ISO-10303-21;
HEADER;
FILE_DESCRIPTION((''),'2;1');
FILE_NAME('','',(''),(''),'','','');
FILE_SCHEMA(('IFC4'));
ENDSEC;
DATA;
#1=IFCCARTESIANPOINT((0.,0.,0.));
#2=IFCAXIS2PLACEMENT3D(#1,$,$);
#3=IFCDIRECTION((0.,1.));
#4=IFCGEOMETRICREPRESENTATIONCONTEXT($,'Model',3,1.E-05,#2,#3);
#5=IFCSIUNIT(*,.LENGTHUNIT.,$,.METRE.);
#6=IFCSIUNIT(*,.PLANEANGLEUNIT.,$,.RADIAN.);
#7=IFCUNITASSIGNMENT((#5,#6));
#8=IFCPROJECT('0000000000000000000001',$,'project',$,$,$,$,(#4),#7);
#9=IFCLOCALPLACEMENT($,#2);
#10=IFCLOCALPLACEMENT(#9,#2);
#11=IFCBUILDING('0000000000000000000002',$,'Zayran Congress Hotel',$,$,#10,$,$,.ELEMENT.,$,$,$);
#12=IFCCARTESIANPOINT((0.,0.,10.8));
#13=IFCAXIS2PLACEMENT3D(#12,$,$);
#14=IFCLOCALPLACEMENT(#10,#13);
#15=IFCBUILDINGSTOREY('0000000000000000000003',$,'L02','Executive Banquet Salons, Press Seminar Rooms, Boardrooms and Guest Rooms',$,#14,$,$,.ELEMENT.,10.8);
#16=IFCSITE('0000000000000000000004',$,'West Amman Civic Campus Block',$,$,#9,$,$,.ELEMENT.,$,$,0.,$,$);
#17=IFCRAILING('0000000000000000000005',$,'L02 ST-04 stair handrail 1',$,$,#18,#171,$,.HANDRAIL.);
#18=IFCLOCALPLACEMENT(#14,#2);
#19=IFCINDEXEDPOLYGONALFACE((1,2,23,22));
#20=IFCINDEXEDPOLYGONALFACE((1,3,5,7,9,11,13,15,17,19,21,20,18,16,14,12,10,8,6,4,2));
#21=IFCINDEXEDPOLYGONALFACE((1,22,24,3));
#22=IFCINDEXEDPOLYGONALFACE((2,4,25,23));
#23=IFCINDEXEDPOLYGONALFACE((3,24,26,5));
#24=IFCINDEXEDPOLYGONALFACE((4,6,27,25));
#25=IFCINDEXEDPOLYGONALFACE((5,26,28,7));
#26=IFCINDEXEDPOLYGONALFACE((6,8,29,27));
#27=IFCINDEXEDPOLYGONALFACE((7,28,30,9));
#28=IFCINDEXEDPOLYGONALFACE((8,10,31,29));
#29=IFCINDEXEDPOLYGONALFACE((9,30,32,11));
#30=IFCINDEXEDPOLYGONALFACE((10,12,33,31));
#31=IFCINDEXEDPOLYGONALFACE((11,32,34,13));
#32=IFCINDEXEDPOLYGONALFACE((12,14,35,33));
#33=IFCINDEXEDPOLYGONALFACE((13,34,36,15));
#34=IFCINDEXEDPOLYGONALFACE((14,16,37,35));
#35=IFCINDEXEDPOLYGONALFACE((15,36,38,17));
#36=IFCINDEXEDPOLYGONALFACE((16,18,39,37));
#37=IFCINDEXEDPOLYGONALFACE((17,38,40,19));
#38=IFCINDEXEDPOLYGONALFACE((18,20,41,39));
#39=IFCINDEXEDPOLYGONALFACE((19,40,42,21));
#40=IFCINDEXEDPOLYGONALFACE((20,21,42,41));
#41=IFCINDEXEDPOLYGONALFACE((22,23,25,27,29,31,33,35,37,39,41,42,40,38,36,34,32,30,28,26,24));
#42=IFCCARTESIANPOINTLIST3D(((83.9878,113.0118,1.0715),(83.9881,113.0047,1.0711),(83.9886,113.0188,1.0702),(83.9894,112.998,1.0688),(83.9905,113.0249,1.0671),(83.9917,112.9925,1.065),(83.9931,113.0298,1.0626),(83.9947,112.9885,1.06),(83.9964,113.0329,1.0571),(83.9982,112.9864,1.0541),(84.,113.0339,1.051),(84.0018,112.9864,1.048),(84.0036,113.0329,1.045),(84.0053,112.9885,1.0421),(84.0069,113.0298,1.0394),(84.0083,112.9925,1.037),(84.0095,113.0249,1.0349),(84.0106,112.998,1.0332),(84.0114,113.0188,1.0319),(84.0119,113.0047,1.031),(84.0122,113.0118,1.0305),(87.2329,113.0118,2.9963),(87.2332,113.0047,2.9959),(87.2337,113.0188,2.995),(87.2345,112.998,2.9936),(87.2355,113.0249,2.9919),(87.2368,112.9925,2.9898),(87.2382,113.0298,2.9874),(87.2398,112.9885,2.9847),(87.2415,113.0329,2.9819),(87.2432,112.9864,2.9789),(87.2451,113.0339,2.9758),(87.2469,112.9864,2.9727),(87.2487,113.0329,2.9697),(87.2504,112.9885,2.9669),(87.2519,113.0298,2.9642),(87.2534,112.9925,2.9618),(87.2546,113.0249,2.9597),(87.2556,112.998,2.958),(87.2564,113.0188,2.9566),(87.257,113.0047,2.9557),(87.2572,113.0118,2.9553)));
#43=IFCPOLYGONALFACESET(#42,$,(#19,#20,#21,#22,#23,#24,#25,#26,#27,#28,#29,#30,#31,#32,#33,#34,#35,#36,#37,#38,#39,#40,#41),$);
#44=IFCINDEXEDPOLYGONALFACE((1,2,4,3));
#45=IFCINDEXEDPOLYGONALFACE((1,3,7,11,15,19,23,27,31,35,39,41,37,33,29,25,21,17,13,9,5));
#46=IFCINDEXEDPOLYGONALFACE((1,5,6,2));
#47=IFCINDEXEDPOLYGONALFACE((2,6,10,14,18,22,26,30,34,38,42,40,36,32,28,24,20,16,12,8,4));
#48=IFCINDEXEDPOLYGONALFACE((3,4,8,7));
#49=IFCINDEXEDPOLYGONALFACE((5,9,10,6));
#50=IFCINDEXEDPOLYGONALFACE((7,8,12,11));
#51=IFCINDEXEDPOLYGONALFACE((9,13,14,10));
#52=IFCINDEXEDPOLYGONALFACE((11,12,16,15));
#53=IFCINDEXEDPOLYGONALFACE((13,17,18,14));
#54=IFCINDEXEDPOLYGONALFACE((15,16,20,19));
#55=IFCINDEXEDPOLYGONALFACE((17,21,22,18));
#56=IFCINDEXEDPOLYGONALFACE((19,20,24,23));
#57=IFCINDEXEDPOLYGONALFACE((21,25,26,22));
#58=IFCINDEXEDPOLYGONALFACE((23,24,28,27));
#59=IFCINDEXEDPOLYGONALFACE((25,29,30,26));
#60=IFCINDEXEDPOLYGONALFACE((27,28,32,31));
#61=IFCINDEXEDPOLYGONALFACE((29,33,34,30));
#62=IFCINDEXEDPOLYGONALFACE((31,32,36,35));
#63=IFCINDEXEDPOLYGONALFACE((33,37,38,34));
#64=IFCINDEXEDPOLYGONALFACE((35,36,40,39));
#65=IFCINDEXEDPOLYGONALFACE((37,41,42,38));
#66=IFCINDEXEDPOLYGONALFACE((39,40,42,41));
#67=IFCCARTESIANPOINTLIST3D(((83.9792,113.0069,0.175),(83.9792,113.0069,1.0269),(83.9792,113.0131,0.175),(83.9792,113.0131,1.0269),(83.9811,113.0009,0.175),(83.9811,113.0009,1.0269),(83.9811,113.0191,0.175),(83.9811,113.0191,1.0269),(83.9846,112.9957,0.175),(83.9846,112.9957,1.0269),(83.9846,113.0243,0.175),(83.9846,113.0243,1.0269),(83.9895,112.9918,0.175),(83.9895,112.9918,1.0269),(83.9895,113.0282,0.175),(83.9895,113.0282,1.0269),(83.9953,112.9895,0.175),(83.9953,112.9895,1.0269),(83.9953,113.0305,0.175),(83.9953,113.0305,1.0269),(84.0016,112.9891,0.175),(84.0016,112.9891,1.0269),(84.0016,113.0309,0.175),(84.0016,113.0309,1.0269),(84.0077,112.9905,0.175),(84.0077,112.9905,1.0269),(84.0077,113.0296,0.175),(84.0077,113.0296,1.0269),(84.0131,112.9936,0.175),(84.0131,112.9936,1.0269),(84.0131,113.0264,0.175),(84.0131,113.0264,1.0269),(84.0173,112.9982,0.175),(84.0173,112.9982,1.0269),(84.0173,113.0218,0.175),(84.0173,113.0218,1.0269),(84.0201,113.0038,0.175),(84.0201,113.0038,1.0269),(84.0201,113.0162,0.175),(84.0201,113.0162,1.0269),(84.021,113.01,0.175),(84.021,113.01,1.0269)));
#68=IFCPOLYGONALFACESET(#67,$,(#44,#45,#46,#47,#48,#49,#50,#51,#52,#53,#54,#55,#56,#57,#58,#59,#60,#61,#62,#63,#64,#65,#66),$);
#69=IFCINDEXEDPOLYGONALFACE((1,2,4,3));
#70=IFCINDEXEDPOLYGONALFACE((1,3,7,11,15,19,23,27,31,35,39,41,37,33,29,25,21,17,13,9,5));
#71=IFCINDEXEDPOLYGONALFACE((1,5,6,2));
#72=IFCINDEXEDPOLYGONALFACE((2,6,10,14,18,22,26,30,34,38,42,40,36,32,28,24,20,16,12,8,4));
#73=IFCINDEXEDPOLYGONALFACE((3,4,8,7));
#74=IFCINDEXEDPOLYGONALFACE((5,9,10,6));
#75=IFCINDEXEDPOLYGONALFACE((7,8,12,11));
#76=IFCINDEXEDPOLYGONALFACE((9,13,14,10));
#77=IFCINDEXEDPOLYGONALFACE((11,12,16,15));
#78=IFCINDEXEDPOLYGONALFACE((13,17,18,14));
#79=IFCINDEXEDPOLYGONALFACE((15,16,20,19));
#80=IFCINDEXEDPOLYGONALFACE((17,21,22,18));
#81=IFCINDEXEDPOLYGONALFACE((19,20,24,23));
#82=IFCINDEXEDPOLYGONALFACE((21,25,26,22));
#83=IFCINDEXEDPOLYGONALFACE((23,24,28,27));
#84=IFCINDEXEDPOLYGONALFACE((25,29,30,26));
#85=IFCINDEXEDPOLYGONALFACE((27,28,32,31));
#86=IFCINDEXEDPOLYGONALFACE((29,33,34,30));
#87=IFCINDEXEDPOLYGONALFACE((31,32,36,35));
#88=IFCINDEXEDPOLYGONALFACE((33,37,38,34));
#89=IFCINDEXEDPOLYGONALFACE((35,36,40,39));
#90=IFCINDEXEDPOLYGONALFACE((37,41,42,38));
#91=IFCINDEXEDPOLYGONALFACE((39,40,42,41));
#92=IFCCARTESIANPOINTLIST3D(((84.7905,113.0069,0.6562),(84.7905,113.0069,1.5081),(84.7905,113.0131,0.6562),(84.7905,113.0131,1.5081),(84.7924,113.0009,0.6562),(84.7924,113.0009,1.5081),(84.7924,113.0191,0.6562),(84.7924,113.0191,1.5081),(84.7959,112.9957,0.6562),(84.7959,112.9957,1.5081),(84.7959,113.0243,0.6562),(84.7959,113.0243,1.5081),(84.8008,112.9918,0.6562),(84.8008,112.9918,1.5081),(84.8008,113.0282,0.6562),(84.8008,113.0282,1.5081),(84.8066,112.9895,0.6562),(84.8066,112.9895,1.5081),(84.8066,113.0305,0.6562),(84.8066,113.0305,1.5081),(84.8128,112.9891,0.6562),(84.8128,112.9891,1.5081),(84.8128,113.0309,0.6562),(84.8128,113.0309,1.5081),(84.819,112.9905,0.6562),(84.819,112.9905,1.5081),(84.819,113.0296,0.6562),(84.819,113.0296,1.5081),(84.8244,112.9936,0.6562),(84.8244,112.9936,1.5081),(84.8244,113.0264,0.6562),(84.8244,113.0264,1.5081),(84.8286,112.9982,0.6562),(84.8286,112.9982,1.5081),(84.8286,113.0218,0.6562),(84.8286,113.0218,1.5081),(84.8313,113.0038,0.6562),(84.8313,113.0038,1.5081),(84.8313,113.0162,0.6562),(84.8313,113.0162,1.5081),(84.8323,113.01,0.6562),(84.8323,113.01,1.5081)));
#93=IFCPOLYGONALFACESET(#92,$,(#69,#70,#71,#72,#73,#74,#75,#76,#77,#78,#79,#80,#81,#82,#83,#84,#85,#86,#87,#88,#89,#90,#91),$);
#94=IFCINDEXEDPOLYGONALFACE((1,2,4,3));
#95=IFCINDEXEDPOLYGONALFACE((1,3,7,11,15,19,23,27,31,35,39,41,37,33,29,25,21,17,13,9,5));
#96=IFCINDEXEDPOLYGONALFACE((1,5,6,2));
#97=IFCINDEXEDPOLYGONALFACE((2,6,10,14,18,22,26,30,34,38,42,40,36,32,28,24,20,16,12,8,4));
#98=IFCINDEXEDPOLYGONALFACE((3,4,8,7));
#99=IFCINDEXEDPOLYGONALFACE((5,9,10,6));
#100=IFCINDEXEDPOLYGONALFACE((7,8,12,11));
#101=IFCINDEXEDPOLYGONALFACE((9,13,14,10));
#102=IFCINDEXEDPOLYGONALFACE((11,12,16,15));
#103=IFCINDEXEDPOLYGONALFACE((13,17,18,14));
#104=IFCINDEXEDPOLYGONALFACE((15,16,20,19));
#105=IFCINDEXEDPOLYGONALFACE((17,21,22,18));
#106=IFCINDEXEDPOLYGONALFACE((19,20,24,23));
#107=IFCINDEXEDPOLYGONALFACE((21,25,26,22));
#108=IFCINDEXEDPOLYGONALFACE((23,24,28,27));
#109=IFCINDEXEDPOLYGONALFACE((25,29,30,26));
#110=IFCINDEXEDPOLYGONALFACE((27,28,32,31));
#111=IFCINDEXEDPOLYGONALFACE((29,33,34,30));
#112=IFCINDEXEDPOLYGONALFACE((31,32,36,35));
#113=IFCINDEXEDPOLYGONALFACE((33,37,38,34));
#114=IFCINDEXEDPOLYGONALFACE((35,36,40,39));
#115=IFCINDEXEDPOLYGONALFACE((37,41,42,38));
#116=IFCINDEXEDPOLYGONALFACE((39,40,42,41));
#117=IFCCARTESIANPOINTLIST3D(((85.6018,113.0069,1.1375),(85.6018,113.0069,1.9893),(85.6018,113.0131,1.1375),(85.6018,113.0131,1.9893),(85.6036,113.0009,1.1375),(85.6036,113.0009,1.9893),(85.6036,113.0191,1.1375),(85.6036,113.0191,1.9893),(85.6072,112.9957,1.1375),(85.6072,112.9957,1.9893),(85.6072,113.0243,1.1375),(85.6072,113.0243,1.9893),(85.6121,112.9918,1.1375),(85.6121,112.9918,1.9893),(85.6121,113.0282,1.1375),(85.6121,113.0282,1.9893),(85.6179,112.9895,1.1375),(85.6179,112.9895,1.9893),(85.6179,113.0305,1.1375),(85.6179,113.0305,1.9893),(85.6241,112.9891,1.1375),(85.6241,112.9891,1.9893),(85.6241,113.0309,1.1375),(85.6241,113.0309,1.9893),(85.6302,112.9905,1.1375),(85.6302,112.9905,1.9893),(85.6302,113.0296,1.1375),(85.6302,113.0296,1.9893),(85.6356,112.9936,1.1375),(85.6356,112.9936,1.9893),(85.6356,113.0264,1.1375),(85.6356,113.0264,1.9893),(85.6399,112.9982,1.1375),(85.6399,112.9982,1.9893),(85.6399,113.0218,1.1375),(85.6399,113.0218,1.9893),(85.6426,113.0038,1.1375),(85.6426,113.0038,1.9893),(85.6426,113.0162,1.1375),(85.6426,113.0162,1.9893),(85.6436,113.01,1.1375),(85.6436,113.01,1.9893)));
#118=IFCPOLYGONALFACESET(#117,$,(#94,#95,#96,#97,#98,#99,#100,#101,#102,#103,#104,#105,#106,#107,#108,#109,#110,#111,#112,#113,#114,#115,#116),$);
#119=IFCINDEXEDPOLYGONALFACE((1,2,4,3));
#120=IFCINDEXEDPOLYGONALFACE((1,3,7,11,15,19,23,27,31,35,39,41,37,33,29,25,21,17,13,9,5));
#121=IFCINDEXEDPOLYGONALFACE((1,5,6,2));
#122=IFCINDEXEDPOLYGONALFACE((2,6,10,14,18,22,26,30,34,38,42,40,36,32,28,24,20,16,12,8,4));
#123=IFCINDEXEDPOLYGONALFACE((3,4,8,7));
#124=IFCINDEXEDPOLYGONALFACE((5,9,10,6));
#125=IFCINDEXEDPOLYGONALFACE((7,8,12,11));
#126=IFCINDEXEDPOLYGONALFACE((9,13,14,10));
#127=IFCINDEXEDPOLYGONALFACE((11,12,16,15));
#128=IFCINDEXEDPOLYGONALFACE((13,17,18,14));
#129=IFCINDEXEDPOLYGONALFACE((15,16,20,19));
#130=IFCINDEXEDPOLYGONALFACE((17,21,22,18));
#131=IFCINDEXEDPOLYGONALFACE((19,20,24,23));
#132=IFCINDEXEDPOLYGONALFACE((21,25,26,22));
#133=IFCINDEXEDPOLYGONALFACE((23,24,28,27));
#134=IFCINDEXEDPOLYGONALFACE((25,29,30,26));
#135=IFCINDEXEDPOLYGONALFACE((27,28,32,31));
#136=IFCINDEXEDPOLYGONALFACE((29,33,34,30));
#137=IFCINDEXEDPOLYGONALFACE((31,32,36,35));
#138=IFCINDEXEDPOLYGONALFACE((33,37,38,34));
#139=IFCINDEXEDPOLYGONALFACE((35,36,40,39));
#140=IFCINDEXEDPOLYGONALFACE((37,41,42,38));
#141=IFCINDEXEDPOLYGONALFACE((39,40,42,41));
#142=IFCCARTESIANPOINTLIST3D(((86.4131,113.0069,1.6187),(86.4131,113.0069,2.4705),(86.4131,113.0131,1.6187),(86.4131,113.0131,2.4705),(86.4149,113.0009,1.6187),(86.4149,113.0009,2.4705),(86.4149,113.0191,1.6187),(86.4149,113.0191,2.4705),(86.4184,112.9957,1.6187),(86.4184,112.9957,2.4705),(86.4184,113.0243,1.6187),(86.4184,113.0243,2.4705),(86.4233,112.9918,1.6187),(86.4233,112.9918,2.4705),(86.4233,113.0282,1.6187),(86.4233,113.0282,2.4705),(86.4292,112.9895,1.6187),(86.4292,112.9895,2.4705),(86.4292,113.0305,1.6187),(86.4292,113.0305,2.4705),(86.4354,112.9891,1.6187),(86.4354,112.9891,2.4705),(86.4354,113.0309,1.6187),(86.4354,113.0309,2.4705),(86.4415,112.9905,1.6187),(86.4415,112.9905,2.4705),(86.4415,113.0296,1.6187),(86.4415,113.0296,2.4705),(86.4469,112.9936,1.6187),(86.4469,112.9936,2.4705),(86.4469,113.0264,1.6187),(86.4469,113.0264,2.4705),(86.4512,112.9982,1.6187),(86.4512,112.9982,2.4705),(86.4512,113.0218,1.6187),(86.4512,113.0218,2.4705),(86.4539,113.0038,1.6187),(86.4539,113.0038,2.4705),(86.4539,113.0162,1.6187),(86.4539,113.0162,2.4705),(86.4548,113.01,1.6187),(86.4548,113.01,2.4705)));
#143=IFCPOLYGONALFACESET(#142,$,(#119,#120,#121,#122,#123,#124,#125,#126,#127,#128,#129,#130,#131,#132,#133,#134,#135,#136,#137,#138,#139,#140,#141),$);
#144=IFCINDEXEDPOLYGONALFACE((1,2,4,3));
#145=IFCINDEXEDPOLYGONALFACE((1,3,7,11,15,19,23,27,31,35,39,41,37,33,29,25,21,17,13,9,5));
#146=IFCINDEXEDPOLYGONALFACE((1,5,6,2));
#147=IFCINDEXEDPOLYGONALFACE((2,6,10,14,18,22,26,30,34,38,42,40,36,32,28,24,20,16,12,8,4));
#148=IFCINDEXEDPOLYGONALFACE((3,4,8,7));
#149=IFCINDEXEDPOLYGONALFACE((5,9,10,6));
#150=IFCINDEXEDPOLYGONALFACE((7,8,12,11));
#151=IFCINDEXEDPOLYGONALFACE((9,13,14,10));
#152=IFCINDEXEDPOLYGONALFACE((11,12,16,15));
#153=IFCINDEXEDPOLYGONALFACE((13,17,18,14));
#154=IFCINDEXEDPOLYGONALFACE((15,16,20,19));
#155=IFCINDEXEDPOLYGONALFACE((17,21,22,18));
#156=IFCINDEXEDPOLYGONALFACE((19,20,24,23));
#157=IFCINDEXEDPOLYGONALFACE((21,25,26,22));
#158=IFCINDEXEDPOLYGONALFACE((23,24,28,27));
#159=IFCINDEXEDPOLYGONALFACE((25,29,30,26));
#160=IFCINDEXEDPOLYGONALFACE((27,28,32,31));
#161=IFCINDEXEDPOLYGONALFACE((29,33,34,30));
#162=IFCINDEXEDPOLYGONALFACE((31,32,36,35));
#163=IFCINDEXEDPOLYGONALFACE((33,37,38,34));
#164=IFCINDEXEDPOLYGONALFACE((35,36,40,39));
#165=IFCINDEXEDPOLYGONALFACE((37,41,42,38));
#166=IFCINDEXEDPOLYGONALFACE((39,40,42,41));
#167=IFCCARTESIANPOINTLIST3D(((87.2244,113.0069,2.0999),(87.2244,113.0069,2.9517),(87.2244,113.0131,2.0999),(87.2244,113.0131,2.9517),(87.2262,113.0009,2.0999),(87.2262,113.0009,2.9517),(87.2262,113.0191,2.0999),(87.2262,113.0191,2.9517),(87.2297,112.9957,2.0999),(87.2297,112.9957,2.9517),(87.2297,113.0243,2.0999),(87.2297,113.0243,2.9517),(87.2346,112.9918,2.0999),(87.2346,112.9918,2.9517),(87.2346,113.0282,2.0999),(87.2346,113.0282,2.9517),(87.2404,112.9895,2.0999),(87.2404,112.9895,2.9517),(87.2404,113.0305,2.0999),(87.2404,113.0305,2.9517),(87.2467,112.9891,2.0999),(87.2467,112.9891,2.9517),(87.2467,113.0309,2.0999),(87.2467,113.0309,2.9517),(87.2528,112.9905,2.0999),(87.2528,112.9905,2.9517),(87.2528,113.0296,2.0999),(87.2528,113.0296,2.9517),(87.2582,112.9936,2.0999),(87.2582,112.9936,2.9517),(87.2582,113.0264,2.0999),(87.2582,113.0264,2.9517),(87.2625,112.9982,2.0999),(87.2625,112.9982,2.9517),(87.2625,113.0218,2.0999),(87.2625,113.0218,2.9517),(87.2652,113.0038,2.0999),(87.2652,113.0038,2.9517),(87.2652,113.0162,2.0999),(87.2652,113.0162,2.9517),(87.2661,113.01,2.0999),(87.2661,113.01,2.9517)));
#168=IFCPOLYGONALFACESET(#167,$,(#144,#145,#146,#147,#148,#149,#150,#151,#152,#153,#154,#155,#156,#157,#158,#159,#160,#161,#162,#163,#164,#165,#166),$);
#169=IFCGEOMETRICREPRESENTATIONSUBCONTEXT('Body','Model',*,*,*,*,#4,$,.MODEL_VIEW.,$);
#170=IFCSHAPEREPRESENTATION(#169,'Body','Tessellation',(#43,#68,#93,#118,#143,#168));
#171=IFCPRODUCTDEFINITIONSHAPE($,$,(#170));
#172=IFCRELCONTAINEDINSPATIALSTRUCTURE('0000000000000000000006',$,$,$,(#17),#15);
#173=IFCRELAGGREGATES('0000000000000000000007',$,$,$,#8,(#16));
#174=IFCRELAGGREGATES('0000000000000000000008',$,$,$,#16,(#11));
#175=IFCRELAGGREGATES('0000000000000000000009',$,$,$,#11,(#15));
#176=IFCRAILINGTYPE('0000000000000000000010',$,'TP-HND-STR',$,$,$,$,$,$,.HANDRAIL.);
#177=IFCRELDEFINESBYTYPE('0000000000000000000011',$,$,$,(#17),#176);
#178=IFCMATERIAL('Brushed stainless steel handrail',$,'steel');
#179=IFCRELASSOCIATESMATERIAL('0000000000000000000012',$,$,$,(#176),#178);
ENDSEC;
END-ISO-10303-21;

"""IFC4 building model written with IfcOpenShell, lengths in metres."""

from ifc_helpers import new_model, si_unit, direction, frame, origin, origin_2d, place, context, subcontext, project, spatial, circle, extrude, material, type_object, element, save


model = new_model("IFC4")

# Units and contexts
model_context = context("Model", 3, precision=1e-05, world=origin(), true_north=direction((0.0, 1.0)))
body_context = subcontext(model_context, "Body", "Model", "MODEL_VIEW")
ifc_project = project(units=[si_unit("LENGTHUNIT", "METRE"), si_unit("PLANEANGLEUNIT", "RADIAN")], contexts=[model_context])

# Site, building, storey
site_placement = place(None, origin())
site = spatial("IfcSite", under=ifc_project, at=site_placement, Name="West Amman Civic Campus Block", CompositionType="ELEMENT", RefElevation=0.0)
building_placement = place(site_placement, origin())
building = spatial("IfcBuilding", under=site, at=building_placement, Name="Zayran Congress Hotel", CompositionType="ELEMENT")
storey_placement = place(building_placement, frame((0.0, 0.0, 10.8)))
storey = spatial("IfcBuildingStorey", under=building, at=storey_placement, Name="L02", Description="Executive Banquet Salons, Press Seminar Rooms, Boardrooms and Guest Rooms", CompositionType="ELEMENT", Elevation=10.8)

# Railing
ifc_material_1 = material(Name="Brushed stainless steel handrail", Category="steel")
railing_type_1 = type_object("IfcRailingType", Name="TP-HND-STR", PredefinedType="HANDRAIL", material=ifc_material_1)
railing_1_placement = place(storey_placement, frame((84.0, 113.01, 0.175)))
element("IfcRailing", 1, at=railing_1_placement, inside=storey, type_object=railing_type_1, Name="L02 ST-04 stair handrail 1", PredefinedType="HANDRAIL", context=body_context, shape_type="SweptSolid", body=[
    extrude(circle(Radius=0.0239, at=origin_2d()), frame((0.0, 0.0, 0.876), z_axis=(0.860085, 0.0, 0.51015), x_axis=(0.0, 1.0, 0.0)), (0.0, 0.0, 1.0), 3.7729),
    extrude(circle(Radius=0.021, at=origin_2d()), origin(), (0.0, 0.0, 1.0), 0.8518),
    extrude(circle(Radius=0.021, at=origin_2d()), frame((0.8113, 0.0, 0.4812)), (0.0, 0.0, 1.0), 0.8518),
    extrude(circle(Radius=0.021, at=origin_2d()), frame((1.6226, 0.0, 0.9624)), (0.0, 0.0, 1.0), 0.8518),
    extrude(circle(Radius=0.021, at=origin_2d()), frame((2.4338, 0.0, 1.4436)), (0.0, 0.0, 1.0), 0.8518),
    extrude(circle(Radius=0.021, at=origin_2d()), frame((3.2451, 0.0, 1.9248)), (0.0, 0.0, 1.0), 0.8518),
])

save(model, "model.ifc")
